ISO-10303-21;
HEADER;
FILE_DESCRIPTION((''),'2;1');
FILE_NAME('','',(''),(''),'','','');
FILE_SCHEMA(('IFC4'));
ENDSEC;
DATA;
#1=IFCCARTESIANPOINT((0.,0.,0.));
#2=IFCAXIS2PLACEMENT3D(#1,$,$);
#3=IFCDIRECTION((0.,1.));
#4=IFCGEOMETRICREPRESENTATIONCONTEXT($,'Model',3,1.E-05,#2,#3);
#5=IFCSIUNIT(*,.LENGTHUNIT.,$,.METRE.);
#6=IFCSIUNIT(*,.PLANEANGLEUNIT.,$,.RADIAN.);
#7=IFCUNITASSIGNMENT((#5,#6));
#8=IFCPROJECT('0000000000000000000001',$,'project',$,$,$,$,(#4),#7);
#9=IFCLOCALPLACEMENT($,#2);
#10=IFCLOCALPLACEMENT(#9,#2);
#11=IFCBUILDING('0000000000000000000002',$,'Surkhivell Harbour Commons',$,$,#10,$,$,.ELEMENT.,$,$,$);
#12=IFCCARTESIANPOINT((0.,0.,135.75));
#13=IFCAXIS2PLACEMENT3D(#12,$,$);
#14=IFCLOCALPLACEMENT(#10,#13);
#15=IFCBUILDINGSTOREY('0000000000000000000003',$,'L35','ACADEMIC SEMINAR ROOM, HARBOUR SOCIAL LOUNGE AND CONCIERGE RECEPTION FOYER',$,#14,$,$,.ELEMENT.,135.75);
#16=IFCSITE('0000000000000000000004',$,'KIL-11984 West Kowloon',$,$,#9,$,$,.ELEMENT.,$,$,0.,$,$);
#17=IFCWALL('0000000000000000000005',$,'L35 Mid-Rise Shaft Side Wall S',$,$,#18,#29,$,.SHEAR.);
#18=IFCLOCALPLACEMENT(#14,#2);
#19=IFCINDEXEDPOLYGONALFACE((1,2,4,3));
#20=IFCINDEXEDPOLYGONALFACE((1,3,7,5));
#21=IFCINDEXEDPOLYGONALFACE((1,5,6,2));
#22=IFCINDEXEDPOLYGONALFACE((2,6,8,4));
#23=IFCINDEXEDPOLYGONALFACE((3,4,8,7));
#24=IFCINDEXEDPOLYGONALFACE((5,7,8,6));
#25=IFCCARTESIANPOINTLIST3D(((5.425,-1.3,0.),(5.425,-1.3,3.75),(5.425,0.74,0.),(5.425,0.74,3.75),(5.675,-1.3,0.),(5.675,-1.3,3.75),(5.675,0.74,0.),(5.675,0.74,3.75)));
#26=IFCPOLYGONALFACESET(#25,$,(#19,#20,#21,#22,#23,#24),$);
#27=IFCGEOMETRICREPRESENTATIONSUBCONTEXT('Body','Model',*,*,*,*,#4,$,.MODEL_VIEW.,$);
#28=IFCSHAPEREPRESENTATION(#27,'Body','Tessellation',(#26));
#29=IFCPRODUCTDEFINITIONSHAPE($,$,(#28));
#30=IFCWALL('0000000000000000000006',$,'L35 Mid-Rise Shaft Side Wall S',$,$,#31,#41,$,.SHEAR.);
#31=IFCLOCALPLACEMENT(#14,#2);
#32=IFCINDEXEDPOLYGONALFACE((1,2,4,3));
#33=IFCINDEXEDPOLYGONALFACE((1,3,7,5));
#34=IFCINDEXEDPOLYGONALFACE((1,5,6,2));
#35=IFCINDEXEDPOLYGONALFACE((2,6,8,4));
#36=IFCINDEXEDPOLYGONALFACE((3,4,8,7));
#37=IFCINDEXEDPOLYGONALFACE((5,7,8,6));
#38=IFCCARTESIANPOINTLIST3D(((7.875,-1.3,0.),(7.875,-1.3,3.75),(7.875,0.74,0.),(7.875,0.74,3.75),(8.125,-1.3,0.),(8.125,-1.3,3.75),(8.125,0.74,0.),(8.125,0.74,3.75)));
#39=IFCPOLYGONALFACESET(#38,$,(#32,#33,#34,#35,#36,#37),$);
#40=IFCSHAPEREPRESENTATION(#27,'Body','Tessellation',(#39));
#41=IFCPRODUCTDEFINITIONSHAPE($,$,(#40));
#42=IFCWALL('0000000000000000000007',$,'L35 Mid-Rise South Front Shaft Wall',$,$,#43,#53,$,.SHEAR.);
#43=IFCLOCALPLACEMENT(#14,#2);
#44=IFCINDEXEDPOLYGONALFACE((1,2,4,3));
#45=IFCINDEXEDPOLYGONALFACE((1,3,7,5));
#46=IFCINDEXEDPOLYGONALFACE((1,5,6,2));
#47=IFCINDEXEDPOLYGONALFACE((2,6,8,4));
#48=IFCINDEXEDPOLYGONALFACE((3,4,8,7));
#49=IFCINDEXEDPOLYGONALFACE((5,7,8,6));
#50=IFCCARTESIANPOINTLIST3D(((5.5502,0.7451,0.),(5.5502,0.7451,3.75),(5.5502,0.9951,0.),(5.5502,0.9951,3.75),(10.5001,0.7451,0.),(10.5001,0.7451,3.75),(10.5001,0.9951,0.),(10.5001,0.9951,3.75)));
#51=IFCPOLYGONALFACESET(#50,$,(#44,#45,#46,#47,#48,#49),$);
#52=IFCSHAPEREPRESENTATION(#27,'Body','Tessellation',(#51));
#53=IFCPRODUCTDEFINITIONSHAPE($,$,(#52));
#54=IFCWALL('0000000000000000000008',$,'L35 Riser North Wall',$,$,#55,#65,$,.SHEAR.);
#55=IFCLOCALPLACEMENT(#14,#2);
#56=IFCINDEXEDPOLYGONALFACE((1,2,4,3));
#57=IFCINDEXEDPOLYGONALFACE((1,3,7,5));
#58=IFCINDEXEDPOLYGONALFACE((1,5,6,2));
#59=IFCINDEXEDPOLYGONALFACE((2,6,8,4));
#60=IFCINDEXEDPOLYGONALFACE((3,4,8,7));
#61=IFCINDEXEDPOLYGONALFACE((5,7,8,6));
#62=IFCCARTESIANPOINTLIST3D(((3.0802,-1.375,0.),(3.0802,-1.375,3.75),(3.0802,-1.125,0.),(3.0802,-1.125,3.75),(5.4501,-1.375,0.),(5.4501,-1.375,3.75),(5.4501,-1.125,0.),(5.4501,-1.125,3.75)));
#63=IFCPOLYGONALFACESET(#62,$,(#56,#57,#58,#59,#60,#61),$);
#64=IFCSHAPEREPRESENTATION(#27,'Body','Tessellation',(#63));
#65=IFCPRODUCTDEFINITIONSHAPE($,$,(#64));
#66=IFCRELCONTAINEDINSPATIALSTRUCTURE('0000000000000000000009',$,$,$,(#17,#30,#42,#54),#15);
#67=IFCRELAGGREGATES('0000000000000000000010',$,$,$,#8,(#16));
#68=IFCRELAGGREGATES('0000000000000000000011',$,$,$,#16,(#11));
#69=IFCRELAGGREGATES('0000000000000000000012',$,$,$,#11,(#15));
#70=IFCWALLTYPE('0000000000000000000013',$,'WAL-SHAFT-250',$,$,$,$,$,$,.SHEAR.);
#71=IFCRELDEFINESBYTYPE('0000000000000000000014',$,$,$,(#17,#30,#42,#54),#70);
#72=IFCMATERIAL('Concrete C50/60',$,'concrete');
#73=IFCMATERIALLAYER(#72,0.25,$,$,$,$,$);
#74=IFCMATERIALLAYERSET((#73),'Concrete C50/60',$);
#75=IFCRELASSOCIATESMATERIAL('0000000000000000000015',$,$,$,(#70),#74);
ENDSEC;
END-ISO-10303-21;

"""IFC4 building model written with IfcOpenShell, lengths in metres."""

from ifc_helpers import new_model, si_unit, direction, frame, frame_2d, origin, place, context, subcontext, project, spatial, rectangle, extrude, material, layer, layer_set, type_object, element, save


model = new_model("IFC4")

# Units and contexts
model_context = context("Model", 3, precision=1e-05, world=origin(), true_north=direction((0.0, 1.0)))
body_context = subcontext(model_context, "Body", "Model", "MODEL_VIEW")
ifc_project = project(units=[si_unit("LENGTHUNIT", "METRE"), si_unit("PLANEANGLEUNIT", "RADIAN")], contexts=[model_context])

# Site, building, storey
site_placement = place(None, origin())
site = spatial("IfcSite", under=ifc_project, at=site_placement, Name="KIL-11984 West Kowloon", CompositionType="ELEMENT", RefElevation=0.0)
building_placement = place(site_placement, origin())
building = spatial("IfcBuilding", under=site, at=building_placement, Name="Surkhivell Harbour Commons", CompositionType="ELEMENT")
storey_placement = place(building_placement, frame((0.0, 0.0, 135.75)))
storey = spatial("IfcBuildingStorey", under=building, at=storey_placement, Name="L35", Description="ACADEMIC SEMINAR ROOM, HARBOUR SOCIAL LOUNGE AND CONCIERGE RECEPTION FOYER", CompositionType="ELEMENT", Elevation=135.75)

# Shared definitions
ifc_material_1 = material(Name="Concrete C50/60", Category="concrete")
ifc_layer_1 = layer(ifc_material_1, 0.25)
ifc_layer_set_1 = layer_set([ifc_layer_1], Name="Concrete C50/60")
wall_type_1 = type_object("IfcWallType", Name="WAL-SHAFT-250", PredefinedType="SHEAR", material=ifc_layer_set_1)

# Walls
for number, where, z_axis, x_axis, name in (
    (1, (5.55, -1.3, 0.0), (0.0, 0.0, 1.0), (0.0, 1.0, 0.0), "L35 Mid-Rise Shaft Side Wall S"),
    (2, (8.0, -1.3, 0.0), (0.0, 0.0, 1.0), (0.0, 1.0, 0.0), "L35 Mid-Rise Shaft Side Wall S"),
):
    element("IfcWall", number, at=place(storey_placement, frame(where, z_axis=z_axis, x_axis=x_axis)), inside=storey, type_object=wall_type_1, Name=name, PredefinedType="SHEAR", context=body_context, shape_type="SweptSolid", body=[
        extrude(rectangle(XDim=2.04, YDim=0.25, at=frame_2d((1.02, 0.0))), origin(), (0.0, 0.0, 1.0), 3.75),
    ])
wall_1_placement = place(storey_placement, frame((5.55, 0.8701, 0.0), z_axis=(0.0, 0.0, 1.0), x_axis=(1.0, 0.0, 0.0)))
element("IfcWall", 3, at=wall_1_placement, inside=storey, type_object=wall_type_1, Name="L35 Mid-Rise South Front Shaft Wall", PredefinedType="SHEAR", context=body_context, shape_type="SweptSolid", body=[
    extrude(rectangle(XDim=4.95, YDim=0.25, at=frame_2d((2.4751, 0.0))), origin(), (0.0, 0.0, 1.0), 3.75),
])
wall_2_placement = place(storey_placement, frame((3.0801, -1.25, 0.0), z_axis=(0.0, 0.0, 1.0), x_axis=(1.0, 0.0, 0.0)))
element("IfcWall", 4, at=wall_2_placement, inside=storey, type_object=wall_type_1, Name="L35 Riser North Wall", PredefinedType="SHEAR", context=body_context, shape_type="SweptSolid", body=[
    extrude(rectangle(XDim=2.3699, YDim=0.25, at=frame_2d((1.1851, 0.0))), origin(), (0.0, 0.0, 1.0), 3.75),
])

save(model, "model.ifc")
